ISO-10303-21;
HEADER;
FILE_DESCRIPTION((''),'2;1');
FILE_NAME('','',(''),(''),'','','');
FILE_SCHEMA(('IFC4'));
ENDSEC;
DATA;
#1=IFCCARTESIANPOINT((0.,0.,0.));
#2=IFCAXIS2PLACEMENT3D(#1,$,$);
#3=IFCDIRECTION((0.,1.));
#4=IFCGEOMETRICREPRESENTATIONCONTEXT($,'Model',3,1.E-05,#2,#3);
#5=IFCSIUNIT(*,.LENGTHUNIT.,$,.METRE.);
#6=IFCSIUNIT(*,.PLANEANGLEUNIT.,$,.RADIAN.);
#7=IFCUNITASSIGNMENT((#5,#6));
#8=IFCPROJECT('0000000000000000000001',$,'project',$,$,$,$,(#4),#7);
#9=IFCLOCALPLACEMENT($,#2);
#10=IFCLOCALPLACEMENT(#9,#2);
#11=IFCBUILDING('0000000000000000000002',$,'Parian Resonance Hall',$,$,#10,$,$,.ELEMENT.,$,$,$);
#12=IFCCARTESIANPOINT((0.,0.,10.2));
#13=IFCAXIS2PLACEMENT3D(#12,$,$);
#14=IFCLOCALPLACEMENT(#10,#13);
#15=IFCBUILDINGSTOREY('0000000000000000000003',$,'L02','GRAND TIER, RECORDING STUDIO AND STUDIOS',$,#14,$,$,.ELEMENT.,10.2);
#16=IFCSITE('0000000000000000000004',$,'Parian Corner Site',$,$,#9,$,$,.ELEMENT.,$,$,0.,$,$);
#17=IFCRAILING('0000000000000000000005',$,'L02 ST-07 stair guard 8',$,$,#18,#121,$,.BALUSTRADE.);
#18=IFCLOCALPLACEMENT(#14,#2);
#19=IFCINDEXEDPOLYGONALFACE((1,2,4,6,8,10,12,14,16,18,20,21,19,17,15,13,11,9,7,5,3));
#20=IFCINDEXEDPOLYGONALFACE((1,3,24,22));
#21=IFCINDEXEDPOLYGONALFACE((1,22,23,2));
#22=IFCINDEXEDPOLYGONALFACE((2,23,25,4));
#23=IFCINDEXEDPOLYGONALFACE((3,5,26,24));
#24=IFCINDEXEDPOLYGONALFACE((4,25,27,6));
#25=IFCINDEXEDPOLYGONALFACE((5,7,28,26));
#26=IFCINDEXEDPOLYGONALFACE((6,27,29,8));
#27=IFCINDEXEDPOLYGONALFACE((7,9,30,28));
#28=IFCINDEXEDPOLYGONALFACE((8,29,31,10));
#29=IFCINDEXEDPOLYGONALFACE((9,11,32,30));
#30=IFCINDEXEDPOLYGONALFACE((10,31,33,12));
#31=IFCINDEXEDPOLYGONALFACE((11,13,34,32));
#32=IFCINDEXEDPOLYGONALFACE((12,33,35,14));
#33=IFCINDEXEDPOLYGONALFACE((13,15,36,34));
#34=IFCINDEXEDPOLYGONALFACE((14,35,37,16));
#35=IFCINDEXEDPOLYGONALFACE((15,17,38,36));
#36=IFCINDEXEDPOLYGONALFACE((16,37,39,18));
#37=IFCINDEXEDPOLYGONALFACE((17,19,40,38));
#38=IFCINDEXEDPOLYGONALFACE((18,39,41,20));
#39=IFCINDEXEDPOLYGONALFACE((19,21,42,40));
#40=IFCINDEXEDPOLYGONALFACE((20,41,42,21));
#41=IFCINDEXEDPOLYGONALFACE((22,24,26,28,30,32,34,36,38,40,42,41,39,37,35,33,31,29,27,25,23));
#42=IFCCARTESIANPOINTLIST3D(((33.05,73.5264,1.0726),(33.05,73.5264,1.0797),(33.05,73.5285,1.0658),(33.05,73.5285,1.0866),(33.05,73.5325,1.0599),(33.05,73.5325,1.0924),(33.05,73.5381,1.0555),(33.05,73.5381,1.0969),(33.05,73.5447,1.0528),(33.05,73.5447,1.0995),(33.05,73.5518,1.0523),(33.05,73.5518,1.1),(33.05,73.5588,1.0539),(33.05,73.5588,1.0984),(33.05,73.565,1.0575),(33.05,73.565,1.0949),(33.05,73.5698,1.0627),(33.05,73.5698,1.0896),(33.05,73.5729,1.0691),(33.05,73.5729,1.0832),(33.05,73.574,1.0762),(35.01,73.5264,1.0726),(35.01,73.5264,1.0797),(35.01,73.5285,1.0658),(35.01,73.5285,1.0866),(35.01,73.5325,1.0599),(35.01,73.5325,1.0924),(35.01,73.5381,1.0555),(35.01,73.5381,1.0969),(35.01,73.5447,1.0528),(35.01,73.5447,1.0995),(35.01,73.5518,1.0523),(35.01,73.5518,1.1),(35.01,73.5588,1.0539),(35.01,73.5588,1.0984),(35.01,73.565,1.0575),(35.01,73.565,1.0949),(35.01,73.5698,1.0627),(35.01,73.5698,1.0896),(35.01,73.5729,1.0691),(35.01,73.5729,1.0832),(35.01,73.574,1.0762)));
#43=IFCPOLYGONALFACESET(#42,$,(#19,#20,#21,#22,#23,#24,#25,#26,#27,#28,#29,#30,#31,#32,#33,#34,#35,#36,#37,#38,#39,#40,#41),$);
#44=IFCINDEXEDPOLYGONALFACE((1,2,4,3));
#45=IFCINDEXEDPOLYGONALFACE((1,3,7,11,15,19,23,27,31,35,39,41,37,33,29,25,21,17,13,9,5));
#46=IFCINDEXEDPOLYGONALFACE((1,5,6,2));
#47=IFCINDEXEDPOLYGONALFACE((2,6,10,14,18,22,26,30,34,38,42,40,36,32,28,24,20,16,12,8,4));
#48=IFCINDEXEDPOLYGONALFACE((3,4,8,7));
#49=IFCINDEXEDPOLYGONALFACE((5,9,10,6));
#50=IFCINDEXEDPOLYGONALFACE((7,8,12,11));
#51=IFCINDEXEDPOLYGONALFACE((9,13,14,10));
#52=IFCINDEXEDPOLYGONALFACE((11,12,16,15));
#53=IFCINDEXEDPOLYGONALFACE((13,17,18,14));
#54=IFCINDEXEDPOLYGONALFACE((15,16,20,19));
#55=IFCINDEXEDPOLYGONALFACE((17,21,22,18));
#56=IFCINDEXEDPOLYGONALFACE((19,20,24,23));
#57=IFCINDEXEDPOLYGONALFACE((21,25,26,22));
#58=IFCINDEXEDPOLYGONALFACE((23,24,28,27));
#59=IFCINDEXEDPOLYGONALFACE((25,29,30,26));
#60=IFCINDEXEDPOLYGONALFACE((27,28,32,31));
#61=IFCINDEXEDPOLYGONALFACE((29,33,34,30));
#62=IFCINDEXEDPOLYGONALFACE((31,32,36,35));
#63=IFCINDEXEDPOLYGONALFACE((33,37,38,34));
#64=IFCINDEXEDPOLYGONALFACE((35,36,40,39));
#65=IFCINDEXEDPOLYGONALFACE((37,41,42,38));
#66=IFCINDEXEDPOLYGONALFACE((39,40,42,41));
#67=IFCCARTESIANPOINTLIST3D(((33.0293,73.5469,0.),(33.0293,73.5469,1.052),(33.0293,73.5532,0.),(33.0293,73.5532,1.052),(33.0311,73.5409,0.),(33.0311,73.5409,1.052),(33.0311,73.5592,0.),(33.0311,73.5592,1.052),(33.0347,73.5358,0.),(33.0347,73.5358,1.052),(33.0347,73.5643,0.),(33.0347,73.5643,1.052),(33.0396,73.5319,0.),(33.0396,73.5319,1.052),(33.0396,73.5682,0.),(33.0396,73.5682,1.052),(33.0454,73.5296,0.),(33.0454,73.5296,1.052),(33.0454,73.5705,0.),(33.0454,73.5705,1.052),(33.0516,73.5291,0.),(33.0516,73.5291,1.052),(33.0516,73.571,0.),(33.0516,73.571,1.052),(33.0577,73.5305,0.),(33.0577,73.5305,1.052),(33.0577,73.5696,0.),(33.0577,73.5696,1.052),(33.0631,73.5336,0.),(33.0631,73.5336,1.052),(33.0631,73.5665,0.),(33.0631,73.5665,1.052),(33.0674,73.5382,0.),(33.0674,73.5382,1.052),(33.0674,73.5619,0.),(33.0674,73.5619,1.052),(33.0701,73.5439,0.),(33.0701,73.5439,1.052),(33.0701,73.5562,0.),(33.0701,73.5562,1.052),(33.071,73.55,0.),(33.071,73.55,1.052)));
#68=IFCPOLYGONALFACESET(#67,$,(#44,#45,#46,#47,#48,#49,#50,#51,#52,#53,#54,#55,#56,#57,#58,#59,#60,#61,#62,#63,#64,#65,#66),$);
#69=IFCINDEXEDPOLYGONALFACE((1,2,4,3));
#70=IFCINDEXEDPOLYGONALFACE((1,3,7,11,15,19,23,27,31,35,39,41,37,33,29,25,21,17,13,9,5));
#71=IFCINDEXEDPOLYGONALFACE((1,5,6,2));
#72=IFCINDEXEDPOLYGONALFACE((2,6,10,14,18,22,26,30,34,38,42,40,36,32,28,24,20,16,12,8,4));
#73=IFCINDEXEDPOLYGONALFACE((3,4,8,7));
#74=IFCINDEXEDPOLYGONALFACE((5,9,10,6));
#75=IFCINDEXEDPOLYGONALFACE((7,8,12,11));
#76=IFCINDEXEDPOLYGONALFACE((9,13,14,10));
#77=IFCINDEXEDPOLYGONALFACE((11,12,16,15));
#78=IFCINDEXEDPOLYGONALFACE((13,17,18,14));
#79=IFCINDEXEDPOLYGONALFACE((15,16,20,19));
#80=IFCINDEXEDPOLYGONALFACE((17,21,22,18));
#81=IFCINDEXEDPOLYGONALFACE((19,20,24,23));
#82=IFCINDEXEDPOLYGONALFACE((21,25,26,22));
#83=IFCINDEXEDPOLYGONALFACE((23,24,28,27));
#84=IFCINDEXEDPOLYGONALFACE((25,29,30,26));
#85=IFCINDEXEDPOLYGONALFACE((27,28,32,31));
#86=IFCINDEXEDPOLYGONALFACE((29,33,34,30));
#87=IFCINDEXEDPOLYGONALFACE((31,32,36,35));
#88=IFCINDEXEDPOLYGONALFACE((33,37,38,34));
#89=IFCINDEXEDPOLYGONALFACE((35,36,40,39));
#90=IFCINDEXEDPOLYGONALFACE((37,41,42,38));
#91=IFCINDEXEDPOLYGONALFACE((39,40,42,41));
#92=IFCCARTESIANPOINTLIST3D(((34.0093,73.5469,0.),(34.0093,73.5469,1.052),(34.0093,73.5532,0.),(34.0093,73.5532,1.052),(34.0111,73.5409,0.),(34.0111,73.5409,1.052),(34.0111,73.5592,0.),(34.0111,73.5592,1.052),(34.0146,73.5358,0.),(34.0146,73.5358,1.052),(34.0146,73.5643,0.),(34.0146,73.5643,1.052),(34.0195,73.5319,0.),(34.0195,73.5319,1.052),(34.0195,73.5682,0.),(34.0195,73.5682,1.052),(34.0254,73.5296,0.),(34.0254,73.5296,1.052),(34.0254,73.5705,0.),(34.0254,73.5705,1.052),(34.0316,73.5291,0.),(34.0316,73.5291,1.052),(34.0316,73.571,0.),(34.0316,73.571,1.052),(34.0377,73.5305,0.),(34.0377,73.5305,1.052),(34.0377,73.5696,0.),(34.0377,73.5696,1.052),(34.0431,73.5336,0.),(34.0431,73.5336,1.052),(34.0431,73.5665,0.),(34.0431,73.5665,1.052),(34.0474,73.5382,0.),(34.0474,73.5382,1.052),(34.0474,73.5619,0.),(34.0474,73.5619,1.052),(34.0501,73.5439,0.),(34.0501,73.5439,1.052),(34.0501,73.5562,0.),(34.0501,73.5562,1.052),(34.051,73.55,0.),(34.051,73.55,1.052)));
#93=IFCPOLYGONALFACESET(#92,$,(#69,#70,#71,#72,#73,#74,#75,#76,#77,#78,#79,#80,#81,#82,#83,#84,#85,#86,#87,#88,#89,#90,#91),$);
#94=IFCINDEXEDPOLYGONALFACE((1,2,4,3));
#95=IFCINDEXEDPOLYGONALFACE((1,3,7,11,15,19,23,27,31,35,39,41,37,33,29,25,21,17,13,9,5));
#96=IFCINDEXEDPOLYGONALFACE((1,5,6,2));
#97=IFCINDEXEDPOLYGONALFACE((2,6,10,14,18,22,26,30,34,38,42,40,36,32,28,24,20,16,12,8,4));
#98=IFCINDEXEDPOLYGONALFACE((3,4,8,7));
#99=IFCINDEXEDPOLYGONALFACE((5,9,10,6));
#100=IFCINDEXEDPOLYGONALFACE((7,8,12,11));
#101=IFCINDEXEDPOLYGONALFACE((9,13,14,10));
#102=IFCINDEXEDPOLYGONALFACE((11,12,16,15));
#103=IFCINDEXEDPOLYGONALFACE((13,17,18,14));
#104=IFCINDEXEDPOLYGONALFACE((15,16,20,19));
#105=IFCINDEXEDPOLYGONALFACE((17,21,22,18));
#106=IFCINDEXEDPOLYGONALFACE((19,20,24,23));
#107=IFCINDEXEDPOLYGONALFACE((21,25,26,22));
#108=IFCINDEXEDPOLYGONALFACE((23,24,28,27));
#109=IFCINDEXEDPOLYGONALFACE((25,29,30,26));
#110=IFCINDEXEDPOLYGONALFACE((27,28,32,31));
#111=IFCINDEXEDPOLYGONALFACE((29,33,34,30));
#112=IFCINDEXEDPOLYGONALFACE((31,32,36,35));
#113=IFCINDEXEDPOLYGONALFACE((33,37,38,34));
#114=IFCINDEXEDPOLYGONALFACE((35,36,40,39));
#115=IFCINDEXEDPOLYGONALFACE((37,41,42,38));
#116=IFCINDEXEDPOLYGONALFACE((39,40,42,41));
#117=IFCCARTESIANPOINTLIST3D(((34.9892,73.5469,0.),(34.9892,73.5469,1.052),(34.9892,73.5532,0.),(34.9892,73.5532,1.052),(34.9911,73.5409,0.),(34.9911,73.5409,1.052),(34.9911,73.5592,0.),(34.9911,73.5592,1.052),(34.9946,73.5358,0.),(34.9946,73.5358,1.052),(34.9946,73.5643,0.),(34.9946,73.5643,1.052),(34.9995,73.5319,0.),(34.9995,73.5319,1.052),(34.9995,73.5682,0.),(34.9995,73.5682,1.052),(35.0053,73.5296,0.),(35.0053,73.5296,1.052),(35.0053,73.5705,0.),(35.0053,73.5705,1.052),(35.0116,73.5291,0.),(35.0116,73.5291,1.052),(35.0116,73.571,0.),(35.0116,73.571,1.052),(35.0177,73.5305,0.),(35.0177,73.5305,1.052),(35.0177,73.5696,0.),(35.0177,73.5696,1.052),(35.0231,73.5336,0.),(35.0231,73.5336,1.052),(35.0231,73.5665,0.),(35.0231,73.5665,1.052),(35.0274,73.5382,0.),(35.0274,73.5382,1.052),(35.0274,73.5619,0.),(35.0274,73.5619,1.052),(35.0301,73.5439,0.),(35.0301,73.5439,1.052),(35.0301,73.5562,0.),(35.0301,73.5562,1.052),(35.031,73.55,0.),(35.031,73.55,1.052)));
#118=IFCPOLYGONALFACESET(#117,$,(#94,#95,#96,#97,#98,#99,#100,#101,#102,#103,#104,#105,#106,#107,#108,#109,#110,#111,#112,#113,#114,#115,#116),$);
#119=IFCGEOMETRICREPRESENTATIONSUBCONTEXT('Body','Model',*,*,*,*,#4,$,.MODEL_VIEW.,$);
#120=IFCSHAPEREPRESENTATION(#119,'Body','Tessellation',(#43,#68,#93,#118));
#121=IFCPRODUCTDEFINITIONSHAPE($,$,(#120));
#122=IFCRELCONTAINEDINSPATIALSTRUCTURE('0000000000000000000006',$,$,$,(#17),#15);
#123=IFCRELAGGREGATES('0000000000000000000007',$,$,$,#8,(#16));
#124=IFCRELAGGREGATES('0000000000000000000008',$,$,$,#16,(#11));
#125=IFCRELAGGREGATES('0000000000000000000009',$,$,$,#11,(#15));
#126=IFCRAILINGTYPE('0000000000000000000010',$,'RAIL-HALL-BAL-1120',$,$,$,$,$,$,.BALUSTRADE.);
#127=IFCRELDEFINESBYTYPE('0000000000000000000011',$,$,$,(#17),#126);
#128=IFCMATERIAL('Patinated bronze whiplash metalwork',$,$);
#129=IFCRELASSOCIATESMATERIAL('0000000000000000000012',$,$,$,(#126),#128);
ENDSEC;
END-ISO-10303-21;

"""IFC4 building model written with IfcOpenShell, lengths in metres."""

from ifc_helpers import new_model, si_unit, direction, frame, origin, origin_2d, place, context, subcontext, project, spatial, circle, extrude, material, type_object, element, save


model = new_model("IFC4")

# Units and contexts
model_context = context("Model", 3, precision=1e-05, world=origin(), true_north=direction((0.0, 1.0)))
body_context = subcontext(model_context, "Body", "Model", "MODEL_VIEW")
ifc_project = project(units=[si_unit("LENGTHUNIT", "METRE"), si_unit("PLANEANGLEUNIT", "RADIAN")], contexts=[model_context])

# Site, building, storey
site_placement = place(None, origin())
site = spatial("IfcSite", under=ifc_project, at=site_placement, Name="Parian Corner Site", CompositionType="ELEMENT", RefElevation=0.0)
building_placement = place(site_placement, origin())
building = spatial("IfcBuilding", under=site, at=building_placement, Name="Parian Resonance Hall", CompositionType="ELEMENT")
storey_placement = place(building_placement, frame((0.0, 0.0, 10.2)))
storey = spatial("IfcBuildingStorey", under=building, at=storey_placement, Name="L02", Description="GRAND TIER, RECORDING STUDIO AND STUDIOS", CompositionType="ELEMENT", Elevation=10.2)

# Railing
ifc_material_1 = material(Name="Patinated bronze whiplash metalwork")
railing_type_1 = type_object("IfcRailingType", Name="RAIL-HALL-BAL-1120", PredefinedType="BALUSTRADE", material=ifc_material_1)
railing_1_placement = place(storey_placement, frame((33.05, 73.55, 0.0)))
element("IfcRailing", 1, at=railing_1_placement, inside=storey, type_object=railing_type_1, Name="L02 ST-07 stair guard 8", PredefinedType="BALUSTRADE", context=body_context, shape_type="SweptSolid", body=[
    extrude(circle(Radius=0.0239, at=origin_2d()), frame((0.0, 0.0, 1.0762), z_axis=(1.0, 0.0, 0.0), x_axis=(0.0, 1.0, 0.0)), (0.0, 0.0, 1.0), 1.96),
    extrude(circle(Radius=0.021, at=origin_2d()), origin(), (0.0, 0.0, 1.0), 1.052),
    extrude(circle(Radius=0.021, at=origin_2d()), frame((0.98, 0.0, 0.0)), (0.0, 0.0, 1.0), 1.052),
    extrude(circle(Radius=0.021, at=origin_2d()), frame((1.96, 0.0, 0.0)), (0.0, 0.0, 1.0), 1.052),
])

save(model, "model.ifc")
